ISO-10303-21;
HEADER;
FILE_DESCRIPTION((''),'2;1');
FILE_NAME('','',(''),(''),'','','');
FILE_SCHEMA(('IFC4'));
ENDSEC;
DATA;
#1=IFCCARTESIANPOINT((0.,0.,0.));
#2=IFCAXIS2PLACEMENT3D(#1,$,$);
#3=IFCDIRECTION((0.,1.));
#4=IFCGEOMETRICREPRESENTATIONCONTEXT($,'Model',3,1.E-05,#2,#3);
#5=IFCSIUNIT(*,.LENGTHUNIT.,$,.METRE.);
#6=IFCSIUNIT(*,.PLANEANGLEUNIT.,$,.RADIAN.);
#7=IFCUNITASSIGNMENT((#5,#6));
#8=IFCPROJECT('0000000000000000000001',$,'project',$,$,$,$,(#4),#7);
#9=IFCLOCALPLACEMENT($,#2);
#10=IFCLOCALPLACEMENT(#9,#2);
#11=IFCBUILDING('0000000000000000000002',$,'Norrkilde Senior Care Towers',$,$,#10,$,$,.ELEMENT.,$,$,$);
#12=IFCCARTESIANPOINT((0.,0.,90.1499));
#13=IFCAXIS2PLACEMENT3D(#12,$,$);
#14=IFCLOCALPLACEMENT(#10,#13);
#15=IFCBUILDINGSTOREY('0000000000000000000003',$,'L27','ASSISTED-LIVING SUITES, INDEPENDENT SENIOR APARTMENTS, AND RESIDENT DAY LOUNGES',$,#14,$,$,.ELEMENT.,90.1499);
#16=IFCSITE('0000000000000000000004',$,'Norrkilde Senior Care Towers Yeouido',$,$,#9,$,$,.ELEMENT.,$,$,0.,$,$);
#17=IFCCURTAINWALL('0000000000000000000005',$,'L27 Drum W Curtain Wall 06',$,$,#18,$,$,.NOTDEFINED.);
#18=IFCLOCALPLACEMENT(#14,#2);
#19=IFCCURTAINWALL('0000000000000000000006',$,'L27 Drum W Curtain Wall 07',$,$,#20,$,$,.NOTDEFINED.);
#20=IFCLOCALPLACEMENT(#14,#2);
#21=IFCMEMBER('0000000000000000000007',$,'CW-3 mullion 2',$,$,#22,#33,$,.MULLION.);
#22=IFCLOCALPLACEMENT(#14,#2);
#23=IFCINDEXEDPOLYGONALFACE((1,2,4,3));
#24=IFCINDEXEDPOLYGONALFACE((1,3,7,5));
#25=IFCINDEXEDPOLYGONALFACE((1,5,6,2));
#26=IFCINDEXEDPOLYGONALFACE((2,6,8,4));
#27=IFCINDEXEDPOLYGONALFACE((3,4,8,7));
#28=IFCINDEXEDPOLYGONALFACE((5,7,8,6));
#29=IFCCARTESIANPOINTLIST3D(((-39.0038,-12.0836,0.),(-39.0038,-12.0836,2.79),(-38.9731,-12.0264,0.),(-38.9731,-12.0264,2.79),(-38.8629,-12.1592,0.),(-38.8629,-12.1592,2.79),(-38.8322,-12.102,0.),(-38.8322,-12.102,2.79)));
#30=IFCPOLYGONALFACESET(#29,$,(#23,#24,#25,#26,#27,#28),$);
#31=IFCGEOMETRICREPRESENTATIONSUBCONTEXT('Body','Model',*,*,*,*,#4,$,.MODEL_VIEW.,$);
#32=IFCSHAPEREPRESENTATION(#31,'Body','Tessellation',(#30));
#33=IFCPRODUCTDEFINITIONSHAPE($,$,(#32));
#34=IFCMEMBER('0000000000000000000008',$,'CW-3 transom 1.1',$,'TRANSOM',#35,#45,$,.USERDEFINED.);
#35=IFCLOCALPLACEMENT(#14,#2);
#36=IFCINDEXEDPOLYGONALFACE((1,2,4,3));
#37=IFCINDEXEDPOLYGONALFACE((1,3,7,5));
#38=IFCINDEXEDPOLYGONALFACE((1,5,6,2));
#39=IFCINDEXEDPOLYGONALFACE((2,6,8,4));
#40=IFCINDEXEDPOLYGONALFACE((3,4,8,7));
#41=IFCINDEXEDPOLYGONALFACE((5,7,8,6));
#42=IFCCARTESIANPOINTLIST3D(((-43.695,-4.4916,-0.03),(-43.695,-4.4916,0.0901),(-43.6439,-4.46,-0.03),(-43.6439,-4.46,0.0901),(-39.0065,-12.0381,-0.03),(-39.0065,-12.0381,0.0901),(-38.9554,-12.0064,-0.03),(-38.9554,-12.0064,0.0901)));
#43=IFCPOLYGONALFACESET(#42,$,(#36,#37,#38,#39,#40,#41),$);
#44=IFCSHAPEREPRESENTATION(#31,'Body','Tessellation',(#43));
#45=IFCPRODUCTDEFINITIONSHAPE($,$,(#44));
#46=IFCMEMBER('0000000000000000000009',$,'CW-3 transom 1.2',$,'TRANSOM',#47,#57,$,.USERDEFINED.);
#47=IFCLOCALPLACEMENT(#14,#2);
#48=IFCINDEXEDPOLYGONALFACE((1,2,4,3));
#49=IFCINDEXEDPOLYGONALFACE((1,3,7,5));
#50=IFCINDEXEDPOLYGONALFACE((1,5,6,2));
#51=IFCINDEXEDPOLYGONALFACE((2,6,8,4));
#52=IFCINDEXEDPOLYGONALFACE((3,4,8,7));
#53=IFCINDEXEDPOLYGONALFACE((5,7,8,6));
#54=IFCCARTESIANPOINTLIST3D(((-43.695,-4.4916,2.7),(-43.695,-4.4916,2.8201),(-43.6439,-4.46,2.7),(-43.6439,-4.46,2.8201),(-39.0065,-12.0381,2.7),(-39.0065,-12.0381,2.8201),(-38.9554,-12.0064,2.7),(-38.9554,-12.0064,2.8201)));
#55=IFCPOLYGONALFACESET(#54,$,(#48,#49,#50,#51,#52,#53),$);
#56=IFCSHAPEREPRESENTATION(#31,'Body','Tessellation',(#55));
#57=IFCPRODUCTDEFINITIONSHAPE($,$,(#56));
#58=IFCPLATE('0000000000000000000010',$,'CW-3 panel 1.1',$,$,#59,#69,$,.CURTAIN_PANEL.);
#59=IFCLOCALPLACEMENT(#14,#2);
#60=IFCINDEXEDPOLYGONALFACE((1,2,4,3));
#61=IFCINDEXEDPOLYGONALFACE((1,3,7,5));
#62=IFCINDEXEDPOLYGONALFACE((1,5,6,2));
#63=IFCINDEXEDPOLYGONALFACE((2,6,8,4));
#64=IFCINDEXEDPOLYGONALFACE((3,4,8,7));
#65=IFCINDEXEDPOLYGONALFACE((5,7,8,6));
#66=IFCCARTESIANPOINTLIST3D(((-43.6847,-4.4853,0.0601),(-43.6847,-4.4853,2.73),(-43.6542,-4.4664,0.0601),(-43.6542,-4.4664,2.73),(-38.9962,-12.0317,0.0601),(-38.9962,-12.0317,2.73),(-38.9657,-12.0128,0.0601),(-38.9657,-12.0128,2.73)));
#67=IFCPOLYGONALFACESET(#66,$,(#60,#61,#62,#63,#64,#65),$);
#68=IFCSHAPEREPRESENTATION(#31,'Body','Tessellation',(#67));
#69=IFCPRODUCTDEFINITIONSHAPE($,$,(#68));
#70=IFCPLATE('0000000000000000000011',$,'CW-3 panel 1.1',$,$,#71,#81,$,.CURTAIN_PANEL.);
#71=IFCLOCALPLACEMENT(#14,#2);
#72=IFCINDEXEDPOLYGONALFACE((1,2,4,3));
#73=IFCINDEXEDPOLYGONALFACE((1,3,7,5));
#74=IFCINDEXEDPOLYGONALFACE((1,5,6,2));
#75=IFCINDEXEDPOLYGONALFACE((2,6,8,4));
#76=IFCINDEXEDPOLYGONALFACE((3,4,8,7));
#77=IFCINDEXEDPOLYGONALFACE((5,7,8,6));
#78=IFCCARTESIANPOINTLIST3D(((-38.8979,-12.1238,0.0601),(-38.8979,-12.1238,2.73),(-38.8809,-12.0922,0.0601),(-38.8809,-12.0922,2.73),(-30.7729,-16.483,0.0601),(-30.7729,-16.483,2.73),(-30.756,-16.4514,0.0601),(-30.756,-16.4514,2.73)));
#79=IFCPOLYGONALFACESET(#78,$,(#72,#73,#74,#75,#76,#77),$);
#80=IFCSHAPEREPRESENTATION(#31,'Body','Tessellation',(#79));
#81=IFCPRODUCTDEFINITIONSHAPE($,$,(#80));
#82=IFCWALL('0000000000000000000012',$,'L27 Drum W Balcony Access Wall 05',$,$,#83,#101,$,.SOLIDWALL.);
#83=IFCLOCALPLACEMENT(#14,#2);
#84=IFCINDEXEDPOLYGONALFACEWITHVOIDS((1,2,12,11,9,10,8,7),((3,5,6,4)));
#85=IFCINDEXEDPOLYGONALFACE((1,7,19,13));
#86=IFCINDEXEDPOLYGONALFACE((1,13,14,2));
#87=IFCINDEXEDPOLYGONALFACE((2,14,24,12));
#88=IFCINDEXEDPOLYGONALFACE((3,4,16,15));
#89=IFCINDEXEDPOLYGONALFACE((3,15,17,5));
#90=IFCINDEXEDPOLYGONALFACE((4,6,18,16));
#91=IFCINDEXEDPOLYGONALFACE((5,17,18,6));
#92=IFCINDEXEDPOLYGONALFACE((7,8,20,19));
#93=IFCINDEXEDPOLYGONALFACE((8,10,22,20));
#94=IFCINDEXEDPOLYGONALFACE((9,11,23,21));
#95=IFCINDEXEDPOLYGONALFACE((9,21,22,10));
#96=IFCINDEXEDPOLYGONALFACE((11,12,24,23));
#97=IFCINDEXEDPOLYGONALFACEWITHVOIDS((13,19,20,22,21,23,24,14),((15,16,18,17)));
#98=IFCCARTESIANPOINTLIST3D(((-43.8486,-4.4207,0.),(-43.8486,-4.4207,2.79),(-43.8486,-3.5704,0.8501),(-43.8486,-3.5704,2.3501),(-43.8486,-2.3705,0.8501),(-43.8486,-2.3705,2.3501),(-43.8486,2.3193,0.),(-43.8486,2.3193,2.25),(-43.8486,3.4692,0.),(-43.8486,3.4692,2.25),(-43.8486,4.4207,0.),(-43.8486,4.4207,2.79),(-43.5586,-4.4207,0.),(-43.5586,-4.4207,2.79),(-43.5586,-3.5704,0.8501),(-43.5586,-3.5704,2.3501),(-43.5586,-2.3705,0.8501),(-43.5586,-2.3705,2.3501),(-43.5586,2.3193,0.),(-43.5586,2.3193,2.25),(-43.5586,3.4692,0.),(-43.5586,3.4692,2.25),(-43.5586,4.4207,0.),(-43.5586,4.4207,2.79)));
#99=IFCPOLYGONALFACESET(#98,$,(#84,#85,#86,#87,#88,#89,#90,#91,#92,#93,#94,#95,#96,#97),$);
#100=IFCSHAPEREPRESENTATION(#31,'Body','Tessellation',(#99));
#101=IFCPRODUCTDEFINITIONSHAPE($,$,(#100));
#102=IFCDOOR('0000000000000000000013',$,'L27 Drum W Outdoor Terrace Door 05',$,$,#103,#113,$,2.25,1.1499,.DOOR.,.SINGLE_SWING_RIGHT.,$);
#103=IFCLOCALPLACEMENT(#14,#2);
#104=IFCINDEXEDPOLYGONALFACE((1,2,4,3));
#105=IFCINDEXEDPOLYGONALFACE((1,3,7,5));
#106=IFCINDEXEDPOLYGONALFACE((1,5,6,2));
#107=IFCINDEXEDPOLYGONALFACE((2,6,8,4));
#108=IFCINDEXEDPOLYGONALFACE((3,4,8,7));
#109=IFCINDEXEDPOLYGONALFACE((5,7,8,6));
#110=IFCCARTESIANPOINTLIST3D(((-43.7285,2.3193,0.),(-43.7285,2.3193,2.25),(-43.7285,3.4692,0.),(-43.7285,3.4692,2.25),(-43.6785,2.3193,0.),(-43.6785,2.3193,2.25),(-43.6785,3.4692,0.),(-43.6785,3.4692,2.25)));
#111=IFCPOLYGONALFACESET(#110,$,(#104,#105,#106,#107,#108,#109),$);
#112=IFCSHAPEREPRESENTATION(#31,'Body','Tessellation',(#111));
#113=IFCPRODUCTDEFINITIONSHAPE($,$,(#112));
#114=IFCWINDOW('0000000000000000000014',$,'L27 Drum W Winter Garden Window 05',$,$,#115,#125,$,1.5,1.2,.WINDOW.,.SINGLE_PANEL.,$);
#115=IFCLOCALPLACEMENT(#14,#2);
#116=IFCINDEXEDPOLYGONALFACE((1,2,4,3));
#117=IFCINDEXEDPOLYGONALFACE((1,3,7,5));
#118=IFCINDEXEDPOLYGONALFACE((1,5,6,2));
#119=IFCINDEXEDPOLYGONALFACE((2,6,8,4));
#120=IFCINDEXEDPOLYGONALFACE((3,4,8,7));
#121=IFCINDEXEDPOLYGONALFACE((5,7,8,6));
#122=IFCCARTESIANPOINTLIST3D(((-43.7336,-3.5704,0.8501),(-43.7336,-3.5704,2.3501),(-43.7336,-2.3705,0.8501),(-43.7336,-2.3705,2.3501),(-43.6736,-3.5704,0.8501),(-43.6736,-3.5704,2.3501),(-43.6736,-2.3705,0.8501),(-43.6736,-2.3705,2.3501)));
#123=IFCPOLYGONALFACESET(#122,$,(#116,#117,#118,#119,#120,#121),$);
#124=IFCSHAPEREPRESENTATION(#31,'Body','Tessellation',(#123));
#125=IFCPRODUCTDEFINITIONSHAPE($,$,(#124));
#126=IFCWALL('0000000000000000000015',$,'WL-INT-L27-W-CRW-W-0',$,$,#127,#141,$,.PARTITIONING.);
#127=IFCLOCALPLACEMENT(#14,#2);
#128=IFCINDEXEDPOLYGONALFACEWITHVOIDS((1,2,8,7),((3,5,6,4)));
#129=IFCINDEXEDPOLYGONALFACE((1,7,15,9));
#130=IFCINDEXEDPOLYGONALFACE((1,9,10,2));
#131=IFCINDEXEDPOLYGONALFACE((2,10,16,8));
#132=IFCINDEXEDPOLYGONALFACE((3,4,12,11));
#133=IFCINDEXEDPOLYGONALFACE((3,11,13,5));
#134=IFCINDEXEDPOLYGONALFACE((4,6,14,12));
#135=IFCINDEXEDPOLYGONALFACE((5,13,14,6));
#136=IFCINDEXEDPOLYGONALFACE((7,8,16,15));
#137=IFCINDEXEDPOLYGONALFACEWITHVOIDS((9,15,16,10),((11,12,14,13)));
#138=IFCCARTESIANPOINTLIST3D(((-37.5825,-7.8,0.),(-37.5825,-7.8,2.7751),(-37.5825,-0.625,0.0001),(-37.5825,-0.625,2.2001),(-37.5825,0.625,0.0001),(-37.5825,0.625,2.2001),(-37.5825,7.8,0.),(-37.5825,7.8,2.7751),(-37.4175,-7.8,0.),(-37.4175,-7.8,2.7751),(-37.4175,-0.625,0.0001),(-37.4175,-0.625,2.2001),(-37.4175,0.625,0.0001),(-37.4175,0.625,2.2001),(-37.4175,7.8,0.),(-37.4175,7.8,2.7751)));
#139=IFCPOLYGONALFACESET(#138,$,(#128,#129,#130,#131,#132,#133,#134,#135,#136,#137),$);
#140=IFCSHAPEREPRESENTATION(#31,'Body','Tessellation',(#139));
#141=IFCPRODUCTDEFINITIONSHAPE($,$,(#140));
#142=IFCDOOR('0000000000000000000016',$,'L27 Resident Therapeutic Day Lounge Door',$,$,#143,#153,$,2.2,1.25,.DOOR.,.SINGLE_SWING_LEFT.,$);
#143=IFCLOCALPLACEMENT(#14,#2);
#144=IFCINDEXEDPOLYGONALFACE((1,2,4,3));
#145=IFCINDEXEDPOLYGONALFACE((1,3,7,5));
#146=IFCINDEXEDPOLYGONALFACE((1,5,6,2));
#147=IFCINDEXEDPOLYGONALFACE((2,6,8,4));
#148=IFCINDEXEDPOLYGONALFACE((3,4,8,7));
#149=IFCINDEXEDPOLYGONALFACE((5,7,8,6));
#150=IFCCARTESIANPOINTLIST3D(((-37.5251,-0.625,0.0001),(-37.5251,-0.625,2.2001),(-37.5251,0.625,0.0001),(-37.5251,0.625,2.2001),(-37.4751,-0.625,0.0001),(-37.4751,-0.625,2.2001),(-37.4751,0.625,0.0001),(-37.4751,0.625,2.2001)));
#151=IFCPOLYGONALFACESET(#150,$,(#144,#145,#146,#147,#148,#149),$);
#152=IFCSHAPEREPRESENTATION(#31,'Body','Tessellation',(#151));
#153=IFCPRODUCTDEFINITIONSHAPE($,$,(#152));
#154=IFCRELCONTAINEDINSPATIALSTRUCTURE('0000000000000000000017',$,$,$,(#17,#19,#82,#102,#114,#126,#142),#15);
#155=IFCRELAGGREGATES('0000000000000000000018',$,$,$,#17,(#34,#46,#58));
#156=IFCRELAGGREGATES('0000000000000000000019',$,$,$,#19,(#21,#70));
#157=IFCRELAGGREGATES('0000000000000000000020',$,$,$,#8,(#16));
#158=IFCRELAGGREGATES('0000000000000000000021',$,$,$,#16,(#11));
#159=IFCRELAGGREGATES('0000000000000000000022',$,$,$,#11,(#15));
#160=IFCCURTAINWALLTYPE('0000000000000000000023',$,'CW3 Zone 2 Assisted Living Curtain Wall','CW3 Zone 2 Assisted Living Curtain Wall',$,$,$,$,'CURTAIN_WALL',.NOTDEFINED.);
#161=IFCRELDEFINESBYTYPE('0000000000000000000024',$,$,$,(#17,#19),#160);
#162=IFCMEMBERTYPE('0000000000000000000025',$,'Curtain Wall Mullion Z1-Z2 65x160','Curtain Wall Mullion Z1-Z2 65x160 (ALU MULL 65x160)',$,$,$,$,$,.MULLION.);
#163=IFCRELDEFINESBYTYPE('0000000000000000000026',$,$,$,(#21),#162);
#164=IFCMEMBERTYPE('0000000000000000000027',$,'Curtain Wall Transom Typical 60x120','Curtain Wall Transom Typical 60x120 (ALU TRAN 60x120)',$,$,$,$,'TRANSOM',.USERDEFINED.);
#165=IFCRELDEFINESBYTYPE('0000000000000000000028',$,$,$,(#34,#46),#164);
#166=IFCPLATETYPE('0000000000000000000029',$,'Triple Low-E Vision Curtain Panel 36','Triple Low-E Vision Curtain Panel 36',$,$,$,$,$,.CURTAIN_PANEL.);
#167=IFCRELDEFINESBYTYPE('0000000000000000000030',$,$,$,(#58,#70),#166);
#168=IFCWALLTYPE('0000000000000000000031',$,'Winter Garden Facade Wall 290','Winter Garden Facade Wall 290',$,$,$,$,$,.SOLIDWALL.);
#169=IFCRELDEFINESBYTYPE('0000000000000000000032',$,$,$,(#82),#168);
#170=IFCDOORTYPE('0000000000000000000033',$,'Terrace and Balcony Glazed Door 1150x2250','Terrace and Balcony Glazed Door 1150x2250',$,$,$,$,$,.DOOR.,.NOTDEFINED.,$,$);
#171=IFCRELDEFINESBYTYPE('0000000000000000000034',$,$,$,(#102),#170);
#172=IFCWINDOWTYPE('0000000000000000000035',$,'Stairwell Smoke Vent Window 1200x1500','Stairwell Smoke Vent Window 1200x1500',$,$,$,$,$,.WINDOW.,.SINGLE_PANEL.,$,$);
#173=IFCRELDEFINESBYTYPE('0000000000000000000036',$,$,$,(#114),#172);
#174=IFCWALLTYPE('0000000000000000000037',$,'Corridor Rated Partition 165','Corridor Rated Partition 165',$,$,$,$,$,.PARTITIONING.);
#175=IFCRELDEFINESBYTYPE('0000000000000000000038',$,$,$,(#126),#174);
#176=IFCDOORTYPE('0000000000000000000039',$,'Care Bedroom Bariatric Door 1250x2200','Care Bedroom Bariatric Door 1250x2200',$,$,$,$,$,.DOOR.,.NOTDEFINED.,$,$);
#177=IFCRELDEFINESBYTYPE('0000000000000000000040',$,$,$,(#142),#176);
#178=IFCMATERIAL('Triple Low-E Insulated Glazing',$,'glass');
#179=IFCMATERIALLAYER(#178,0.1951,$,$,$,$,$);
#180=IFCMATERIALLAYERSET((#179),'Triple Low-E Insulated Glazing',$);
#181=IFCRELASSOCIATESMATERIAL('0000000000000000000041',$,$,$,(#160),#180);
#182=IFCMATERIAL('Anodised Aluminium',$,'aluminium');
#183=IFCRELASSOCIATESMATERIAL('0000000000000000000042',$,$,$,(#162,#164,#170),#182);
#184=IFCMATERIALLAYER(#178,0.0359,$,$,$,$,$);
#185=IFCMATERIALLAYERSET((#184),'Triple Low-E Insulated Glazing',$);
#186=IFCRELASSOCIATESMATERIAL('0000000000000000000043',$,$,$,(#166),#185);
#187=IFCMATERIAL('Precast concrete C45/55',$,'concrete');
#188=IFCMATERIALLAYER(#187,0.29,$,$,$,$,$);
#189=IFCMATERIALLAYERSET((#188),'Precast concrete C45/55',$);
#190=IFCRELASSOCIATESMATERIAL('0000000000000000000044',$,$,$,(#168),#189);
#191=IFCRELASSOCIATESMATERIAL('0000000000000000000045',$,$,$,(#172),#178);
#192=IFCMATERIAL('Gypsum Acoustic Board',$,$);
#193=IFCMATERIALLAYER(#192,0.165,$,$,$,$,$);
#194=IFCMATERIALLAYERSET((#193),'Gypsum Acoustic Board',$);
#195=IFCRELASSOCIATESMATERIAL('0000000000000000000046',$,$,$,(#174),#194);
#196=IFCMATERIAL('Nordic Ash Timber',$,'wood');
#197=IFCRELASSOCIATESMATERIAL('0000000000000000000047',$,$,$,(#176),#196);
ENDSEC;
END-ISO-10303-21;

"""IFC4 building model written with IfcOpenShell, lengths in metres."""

from ifc_helpers import new_model, si_unit, direction, frame, frame_2d, origin, origin_2d, place, context, subcontext, project, spatial, rectangle, extrude, source, transform, mapped, material, layer, layer_set, material_profile, profile_set, type_object, type_shapes, element, fill, aggregate, save


model = new_model("IFC4")

# Units and contexts
model_context = context("Model", 3, precision=1e-05, world=origin(), true_north=direction((0.0, 1.0)))
body_context = subcontext(model_context, "Body", "Model", "MODEL_VIEW")
ifc_project = project(units=[si_unit("LENGTHUNIT", "METRE"), si_unit("PLANEANGLEUNIT", "RADIAN")], contexts=[model_context])

# Site, building, storey
site_placement = place(None, origin())
site = spatial("IfcSite", under=ifc_project, at=site_placement, Name="Norrkilde Senior Care Towers Yeouido", CompositionType="ELEMENT", RefElevation=0.0)
building_placement = place(site_placement, origin())
building = spatial("IfcBuilding", under=site, at=building_placement, Name="Norrkilde Senior Care Towers", CompositionType="ELEMENT")
storey_placement = place(building_placement, frame((0.0, 0.0, 90.1499)))
storey = spatial("IfcBuildingStorey", under=building, at=storey_placement, Name="L27", Description="ASSISTED-LIVING SUITES, INDEPENDENT SENIOR APARTMENTS, AND RESIDENT DAY LOUNGES", CompositionType="ELEMENT", Elevation=90.1499)

# Curtain wall
ifc_material_1 = material(Name="Triple Low-E Insulated Glazing", Category="glass")
ifc_layer_1 = layer(ifc_material_1, 0.1951)
ifc_layer_set_1 = layer_set([ifc_layer_1], Name="Triple Low-E Insulated Glazing")
curtain_wall_type = type_object("IfcCurtainWallType", Name="CW3 Zone 2 Assisted Living Curtain Wall", Description="CW3 Zone 2 Assisted Living Curtain Wall", ElementType="CURTAIN_WALL", PredefinedType="NOTDEFINED", material=ifc_layer_set_1)
curtain_wall_1_placement = place(storey_placement, origin())
curtain_wall_1 = element("IfcCurtainWall", 1, at=curtain_wall_1_placement, inside=storey, type_object=curtain_wall_type, Name="L27 Drum W Curtain Wall 06", PredefinedType="NOTDEFINED")
ifc_material_2 = material(Name="Anodised Aluminium", Category="aluminium")
ifc_material_profile_1 = material_profile(ifc_material_2, rectangle(XDim=0.0649, YDim=0.1599, at=origin_2d()), Name="ALU MULL 65x160")
ifc_profile_set_1 = profile_set([ifc_material_profile_1], Name="Anodised Aluminium")
member_type_1 = type_object("IfcMemberType", Name="Curtain Wall Mullion Z1-Z2 65x160", Description="Curtain Wall Mullion Z1-Z2 65x160 (ALU MULL 65x160)", PredefinedType="MULLION", material=ifc_profile_set_1)
shared_shape_1 = source(origin(), body_context, "Body", "SweptSolid", [
    extrude(rectangle(XDim=0.0649, YDim=0.1599, at=origin_2d()), origin(), (0.0, 0.0, 1.0), 2.79),
])
type_shapes(member_type_1, [shared_shape_1])

# Curtain wall, member
curtain_wall_2_placement = place(storey_placement, origin())
curtain_wall_2 = element("IfcCurtainWall", 2, at=curtain_wall_2_placement, inside=storey, type_object=curtain_wall_type, Name="L27 Drum W Curtain Wall 07", PredefinedType="NOTDEFINED")
member_1_placement = place(storey_placement, frame((-38.918, -12.0928, 0.0), z_axis=(0.0, 0.0, 1.0), x_axis=(-0.472769, -0.881186, 0.0)))
member_1 = element("IfcMember", 3, at=member_1_placement, type_object=member_type_1, Name="CW-3 mullion 2", PredefinedType="MULLION", context=body_context, shape_type="MappedRepresentation", body=[
    mapped(shared_shape_1, transform((0.0, 0.0, 0.0), x_axis=(1.0, 0.0, 0.0), y_axis=(0.0, 1.0, 0.0), z_axis=(0.0, 0.0, 1.0), scale=1.0)),
])

# Members
ifc_material_profile_2 = material_profile(ifc_material_2, rectangle(XDim=0.0601, YDim=0.1201, at=origin_2d()), Name="ALU TRAN 60x120")
ifc_profile_set_2 = profile_set([ifc_material_profile_2], Name="Anodised Aluminium")
member_type_2 = type_object("IfcMemberType", Name="Curtain Wall Transom Typical 60x120", Description="Curtain Wall Transom Typical 60x120 (ALU TRAN 60x120)", ElementType="TRANSOM", PredefinedType="USERDEFINED", material=ifc_profile_set_2)
shared_shape_2 = source(origin(), body_context, "Body", "SweptSolid", [
    extrude(rectangle(XDim=0.0601, YDim=0.1201, at=origin_2d()), origin(), (0.0, 0.0, 1.0), 8.8843),
])
type_shapes(member_type_2, [shared_shape_2])
member_2_placement = place(storey_placement, frame((-38.981, -12.0222, 0.03), z_axis=(-0.527729, 0.849413, 0.0), x_axis=(-0.849413, -0.527729, 0.0)))
member_2 = element("IfcMember", 4, at=member_2_placement, type_object=member_type_2, Name="CW-3 transom 1.1", ObjectType="TRANSOM", PredefinedType="USERDEFINED", context=body_context, shape_type="MappedRepresentation", body=[
    mapped(shared_shape_2, transform((0.0, 0.0, 0.0), x_axis=(1.0, 0.0, 0.0), y_axis=(0.0, 1.0, 0.0), z_axis=(0.0, 0.0, 1.0), scale=1.0)),
])
member_3_placement = place(storey_placement, frame((-38.981, -12.0222, 2.76), z_axis=(-0.527729, 0.849413, 0.0), x_axis=(-0.849413, -0.527729, 0.0)))
member_3 = element("IfcMember", 5, at=member_3_placement, type_object=member_type_2, Name="CW-3 transom 1.2", ObjectType="TRANSOM", PredefinedType="USERDEFINED", context=body_context, shape_type="MappedRepresentation", body=[
    mapped(shared_shape_2, transform((0.0, 0.0, 0.0), x_axis=(1.0, 0.0, 0.0), y_axis=(0.0, 1.0, 0.0), z_axis=(0.0, 0.0, 1.0), scale=1.0)),
])

# Plates
ifc_layer_2 = layer(ifc_material_1, 0.0359)
ifc_layer_set_2 = layer_set([ifc_layer_2], Name="Triple Low-E Insulated Glazing")
plate_type = type_object("IfcPlateType", Name="Triple Low-E Vision Curtain Panel 36", Description="Triple Low-E Vision Curtain Panel 36", PredefinedType="CURTAIN_PANEL", material=ifc_layer_set_2)
shared_shape_3 = source(origin(), body_context, "Body", "SweptSolid", [
    extrude(rectangle(XDim=8.8843, YDim=0.0359, at=origin_2d()), origin(), (0.0, 0.0, 1.0), 2.6699),
])
plate_1_placement = place(storey_placement, frame((-41.3252, -8.249, 0.0601), z_axis=(0.0, 0.0, 1.0), x_axis=(-0.527733, 0.84941, 0.0)))
plate_1 = element("IfcPlate", 6, at=plate_1_placement, type_object=plate_type, Name="CW-3 panel 1.1", PredefinedType="CURTAIN_PANEL", context=body_context, shape_type="MappedRepresentation", body=[
    mapped(shared_shape_3, transform((0.0, 0.0, 0.0), x_axis=(1.0, 0.0, 0.0), y_axis=(0.0, 1.0, 0.0), z_axis=(0.0, 0.0, 1.0), scale=1.0)),
])
aggregate(curtain_wall_1, [member_2, member_3, plate_1])
shared_shape_4 = source(origin(), body_context, "Body", "SweptSolid", [
    extrude(rectangle(XDim=9.2205, YDim=0.0359, at=origin_2d()), origin(), (0.0, 0.0, 1.0), 2.6699),
])
type_shapes(plate_type, [shared_shape_3, shared_shape_4])
plate_2_placement = place(storey_placement, frame((-34.8269, -14.2876, 0.0601), z_axis=(0.0, 0.0, 1.0), x_axis=(-0.881186, 0.472769, 0.0)))
plate_2 = element("IfcPlate", 7, at=plate_2_placement, type_object=plate_type, Name="CW-3 panel 1.1", PredefinedType="CURTAIN_PANEL", context=body_context, shape_type="MappedRepresentation", body=[
    mapped(shared_shape_4, transform((0.0, 0.0, 0.0), x_axis=(1.0, 0.0, 0.0), y_axis=(0.0, 1.0, 0.0), z_axis=(0.0, 0.0, 1.0), scale=1.0)),
])
aggregate(curtain_wall_2, [member_1, plate_2])

# Wall, openings, door, window
ifc_material_3 = material(Name="Precast concrete C45/55", Category="concrete")
ifc_layer_3 = layer(ifc_material_3, 0.29)
ifc_layer_set_3 = layer_set([ifc_layer_3], Name="Precast concrete C45/55")
wall_type_1 = type_object("IfcWallType", Name="Winter Garden Facade Wall 290", Description="Winter Garden Facade Wall 290", PredefinedType="SOLIDWALL", material=ifc_layer_set_3)
shared_shape_5 = source(origin(), body_context, "Body", "SweptSolid", [
    extrude(rectangle(XDim=8.8413, YDim=0.29, at=frame_2d((4.4207, 0.0))), origin(), (0.0, 0.0, 1.0), 2.79),
])
type_shapes(wall_type_1, [shared_shape_5])
wall_1_placement = place(storey_placement, frame((-43.7036, -4.4207, 0.0), z_axis=(0.0, 0.0, 1.0), x_axis=(0.0, 1.0, 0.0)))
wall_1 = element("IfcWall", 8, at=wall_1_placement, inside=storey, type_object=wall_type_1, Name="L27 Drum W Balcony Access Wall 05", PredefinedType="SOLIDWALL", context=body_context, shape_type="MappedRepresentation", body=[
    mapped(shared_shape_5, transform((0.0, 0.0, 0.0), x_axis=(1.0, 0.0, 0.0), y_axis=(0.0, 1.0, 0.0), z_axis=(0.0, 0.0, 1.0), scale=1.0)),
])
opening_1_placement = place(wall_1_placement, frame((6.74, 0.0, 0.0)))
opening_1 = element("IfcOpeningElement", 9, at=opening_1_placement, cuts=wall_1, PredefinedType="OPENING", context=body_context, shape_type="SweptSolid", body=[
    extrude(rectangle(XDim=1.1499, YDim=2.25, at=frame_2d((0.575, 1.125))), frame((0.0, 0.155, 0.0), z_axis=(0.0, -1.0, 0.0), x_axis=(1.0, 0.0, 0.0)), (0.0, 0.0, 1.0), 0.3101),
])
opening_2_placement = place(wall_1_placement, frame((0.8501, 0.0, 0.8501)))
opening_2 = element("IfcOpeningElement", 10, at=opening_2_placement, cuts=wall_1, PredefinedType="OPENING", context=body_context, shape_type="SweptSolid", body=[
    extrude(rectangle(XDim=1.2, YDim=1.5, at=frame_2d((0.6001, 0.75))), frame((0.0, 0.155, 0.0), z_axis=(0.0, -1.0, 0.0), x_axis=(1.0, 0.0, 0.0)), (0.0, 0.0, 1.0), 0.3101),
])
door_type_1 = type_object("IfcDoorType", Name="Terrace and Balcony Glazed Door 1150x2250", Description="Terrace and Balcony Glazed Door 1150x2250", OperationType="NOTDEFINED", PredefinedType="DOOR", material=ifc_material_2)
shared_shape_6 = source(origin(), body_context, "Body", "SweptSolid", [
    extrude(rectangle(XDim=1.1499, YDim=2.25, at=frame_2d((0.575, 1.125))), frame((0.0, 0.0249, 0.0), z_axis=(0.0, -1.0, 0.0), x_axis=(1.0, 0.0, 0.0)), (0.0, 0.0, 1.0), 0.05),
])
type_shapes(door_type_1, [shared_shape_6])
door_1_placement = place(opening_1_placement, origin())
door_1 = element("IfcDoor", 11, at=door_1_placement, inside=storey, type_object=door_type_1, Name="L27 Drum W Outdoor Terrace Door 05", OperationType="SINGLE_SWING_RIGHT", OverallHeight=2.25, OverallWidth=1.1499, PredefinedType="DOOR", context=body_context, shape_type="MappedRepresentation", body=[
    mapped(shared_shape_6, transform((0.0, 0.0, 0.0), x_axis=(1.0, 0.0, 0.0), y_axis=(0.0, 1.0, 0.0), z_axis=(0.0, 0.0, 1.0), scale=1.0)),
])
fill(opening_1, door_1)
window_type = type_object("IfcWindowType", Name="Stairwell Smoke Vent Window 1200x1500", Description="Stairwell Smoke Vent Window 1200x1500", PartitioningType="SINGLE_PANEL", PredefinedType="WINDOW", material=ifc_material_1)
shared_shape_7 = source(origin(), body_context, "Body", "SweptSolid", [
    extrude(rectangle(XDim=1.2, YDim=1.5, at=frame_2d((0.6001, 0.75))), frame((0.0, 0.03, 0.0), z_axis=(0.0, -1.0, 0.0), x_axis=(1.0, 0.0, 0.0)), (0.0, 0.0, 1.0), 0.0601),
])
type_shapes(window_type, [shared_shape_7])
window_placement = place(opening_2_placement, origin())
window = element("IfcWindow", 12, at=window_placement, inside=storey, type_object=window_type, Name="L27 Drum W Winter Garden Window 05", OverallHeight=1.5, OverallWidth=1.2, PartitioningType="SINGLE_PANEL", PredefinedType="WINDOW", context=body_context, shape_type="MappedRepresentation", body=[
    mapped(shared_shape_7, transform((0.0, 0.0, 0.0), x_axis=(1.0, 0.0, 0.0), y_axis=(0.0, 1.0, 0.0), z_axis=(0.0, 0.0, 1.0), scale=1.0)),
])
fill(opening_2, window)

# Wall, opening, door
ifc_material_4 = material(Name="Gypsum Acoustic Board")
ifc_layer_4 = layer(ifc_material_4, 0.165)
ifc_layer_set_4 = layer_set([ifc_layer_4], Name="Gypsum Acoustic Board")
wall_type_2 = type_object("IfcWallType", Name="Corridor Rated Partition 165", Description="Corridor Rated Partition 165", PredefinedType="PARTITIONING", material=ifc_layer_set_4)
shared_shape_8 = source(origin(), body_context, "Body", "SweptSolid", [
    extrude(rectangle(XDim=15.6001, YDim=0.165, at=frame_2d((7.8, 0.0))), origin(), (0.0, 0.0, 1.0), 2.7751),
])
type_shapes(wall_type_2, [shared_shape_8])
wall_2_placement = place(storey_placement, frame((-37.5, -7.8, 0.0), z_axis=(0.0, 0.0, 1.0), x_axis=(0.0, 1.0, 0.0)))
wall_2 = element("IfcWall", 13, at=wall_2_placement, inside=storey, type_object=wall_type_2, Name="WL-INT-L27-W-CRW-W-0", PredefinedType="PARTITIONING", context=body_context, shape_type="MappedRepresentation", body=[
    mapped(shared_shape_8, transform((0.0, 0.0, 0.0), x_axis=(1.0, 0.0, 0.0), y_axis=(0.0, 1.0, 0.0), z_axis=(0.0, 0.0, 1.0), scale=1.0)),
])
opening_3_placement = place(wall_2_placement, frame((7.175, 0.0, 0.0)))
opening_3 = element("IfcOpeningElement", 14, at=opening_3_placement, cuts=wall_2, PredefinedType="OPENING", context=body_context, shape_type="SweptSolid", body=[
    extrude(rectangle(XDim=1.25, YDim=2.2, at=frame_2d((0.625, 1.1001))), frame((0.0, 0.0925, 0.0), z_axis=(0.0, -1.0, 0.0), x_axis=(1.0, 0.0, 0.0)), (0.0, 0.0, 1.0), 0.1851),
])
ifc_material_5 = material(Name="Nordic Ash Timber", Category="wood")
door_type_2 = type_object("IfcDoorType", Name="Care Bedroom Bariatric Door 1250x2200", Description="Care Bedroom Bariatric Door 1250x2200", OperationType="NOTDEFINED", PredefinedType="DOOR", material=ifc_material_5)
shared_shape_9 = source(origin(), body_context, "Body", "SweptSolid", [
    extrude(rectangle(XDim=1.25, YDim=2.2, at=frame_2d((0.625, 1.1001))), frame((0.0, 0.0249, 0.0), z_axis=(0.0, -1.0, 0.0), x_axis=(1.0, 0.0, 0.0)), (0.0, 0.0, 1.0), 0.05),
])
type_shapes(door_type_2, [shared_shape_9])
door_2_placement = place(opening_3_placement, frame((1.25, 0.0, 0.0), z_axis=(0.0, 0.0, 1.0), x_axis=(-1.0, 0.0, 0.0)))
door_2 = element("IfcDoor", 15, at=door_2_placement, inside=storey, type_object=door_type_2, Name="L27 Resident Therapeutic Day Lounge Door", OperationType="SINGLE_SWING_LEFT", OverallHeight=2.2, OverallWidth=1.25, PredefinedType="DOOR", context=body_context, shape_type="MappedRepresentation", body=[
    mapped(shared_shape_9, transform((0.0, 0.0, 0.0), x_axis=(1.0, 0.0, 0.0), y_axis=(0.0, 1.0, 0.0), z_axis=(0.0, 0.0, 1.0), scale=1.0)),
])
fill(opening_3, door_2)

save(model, "model.ifc")
